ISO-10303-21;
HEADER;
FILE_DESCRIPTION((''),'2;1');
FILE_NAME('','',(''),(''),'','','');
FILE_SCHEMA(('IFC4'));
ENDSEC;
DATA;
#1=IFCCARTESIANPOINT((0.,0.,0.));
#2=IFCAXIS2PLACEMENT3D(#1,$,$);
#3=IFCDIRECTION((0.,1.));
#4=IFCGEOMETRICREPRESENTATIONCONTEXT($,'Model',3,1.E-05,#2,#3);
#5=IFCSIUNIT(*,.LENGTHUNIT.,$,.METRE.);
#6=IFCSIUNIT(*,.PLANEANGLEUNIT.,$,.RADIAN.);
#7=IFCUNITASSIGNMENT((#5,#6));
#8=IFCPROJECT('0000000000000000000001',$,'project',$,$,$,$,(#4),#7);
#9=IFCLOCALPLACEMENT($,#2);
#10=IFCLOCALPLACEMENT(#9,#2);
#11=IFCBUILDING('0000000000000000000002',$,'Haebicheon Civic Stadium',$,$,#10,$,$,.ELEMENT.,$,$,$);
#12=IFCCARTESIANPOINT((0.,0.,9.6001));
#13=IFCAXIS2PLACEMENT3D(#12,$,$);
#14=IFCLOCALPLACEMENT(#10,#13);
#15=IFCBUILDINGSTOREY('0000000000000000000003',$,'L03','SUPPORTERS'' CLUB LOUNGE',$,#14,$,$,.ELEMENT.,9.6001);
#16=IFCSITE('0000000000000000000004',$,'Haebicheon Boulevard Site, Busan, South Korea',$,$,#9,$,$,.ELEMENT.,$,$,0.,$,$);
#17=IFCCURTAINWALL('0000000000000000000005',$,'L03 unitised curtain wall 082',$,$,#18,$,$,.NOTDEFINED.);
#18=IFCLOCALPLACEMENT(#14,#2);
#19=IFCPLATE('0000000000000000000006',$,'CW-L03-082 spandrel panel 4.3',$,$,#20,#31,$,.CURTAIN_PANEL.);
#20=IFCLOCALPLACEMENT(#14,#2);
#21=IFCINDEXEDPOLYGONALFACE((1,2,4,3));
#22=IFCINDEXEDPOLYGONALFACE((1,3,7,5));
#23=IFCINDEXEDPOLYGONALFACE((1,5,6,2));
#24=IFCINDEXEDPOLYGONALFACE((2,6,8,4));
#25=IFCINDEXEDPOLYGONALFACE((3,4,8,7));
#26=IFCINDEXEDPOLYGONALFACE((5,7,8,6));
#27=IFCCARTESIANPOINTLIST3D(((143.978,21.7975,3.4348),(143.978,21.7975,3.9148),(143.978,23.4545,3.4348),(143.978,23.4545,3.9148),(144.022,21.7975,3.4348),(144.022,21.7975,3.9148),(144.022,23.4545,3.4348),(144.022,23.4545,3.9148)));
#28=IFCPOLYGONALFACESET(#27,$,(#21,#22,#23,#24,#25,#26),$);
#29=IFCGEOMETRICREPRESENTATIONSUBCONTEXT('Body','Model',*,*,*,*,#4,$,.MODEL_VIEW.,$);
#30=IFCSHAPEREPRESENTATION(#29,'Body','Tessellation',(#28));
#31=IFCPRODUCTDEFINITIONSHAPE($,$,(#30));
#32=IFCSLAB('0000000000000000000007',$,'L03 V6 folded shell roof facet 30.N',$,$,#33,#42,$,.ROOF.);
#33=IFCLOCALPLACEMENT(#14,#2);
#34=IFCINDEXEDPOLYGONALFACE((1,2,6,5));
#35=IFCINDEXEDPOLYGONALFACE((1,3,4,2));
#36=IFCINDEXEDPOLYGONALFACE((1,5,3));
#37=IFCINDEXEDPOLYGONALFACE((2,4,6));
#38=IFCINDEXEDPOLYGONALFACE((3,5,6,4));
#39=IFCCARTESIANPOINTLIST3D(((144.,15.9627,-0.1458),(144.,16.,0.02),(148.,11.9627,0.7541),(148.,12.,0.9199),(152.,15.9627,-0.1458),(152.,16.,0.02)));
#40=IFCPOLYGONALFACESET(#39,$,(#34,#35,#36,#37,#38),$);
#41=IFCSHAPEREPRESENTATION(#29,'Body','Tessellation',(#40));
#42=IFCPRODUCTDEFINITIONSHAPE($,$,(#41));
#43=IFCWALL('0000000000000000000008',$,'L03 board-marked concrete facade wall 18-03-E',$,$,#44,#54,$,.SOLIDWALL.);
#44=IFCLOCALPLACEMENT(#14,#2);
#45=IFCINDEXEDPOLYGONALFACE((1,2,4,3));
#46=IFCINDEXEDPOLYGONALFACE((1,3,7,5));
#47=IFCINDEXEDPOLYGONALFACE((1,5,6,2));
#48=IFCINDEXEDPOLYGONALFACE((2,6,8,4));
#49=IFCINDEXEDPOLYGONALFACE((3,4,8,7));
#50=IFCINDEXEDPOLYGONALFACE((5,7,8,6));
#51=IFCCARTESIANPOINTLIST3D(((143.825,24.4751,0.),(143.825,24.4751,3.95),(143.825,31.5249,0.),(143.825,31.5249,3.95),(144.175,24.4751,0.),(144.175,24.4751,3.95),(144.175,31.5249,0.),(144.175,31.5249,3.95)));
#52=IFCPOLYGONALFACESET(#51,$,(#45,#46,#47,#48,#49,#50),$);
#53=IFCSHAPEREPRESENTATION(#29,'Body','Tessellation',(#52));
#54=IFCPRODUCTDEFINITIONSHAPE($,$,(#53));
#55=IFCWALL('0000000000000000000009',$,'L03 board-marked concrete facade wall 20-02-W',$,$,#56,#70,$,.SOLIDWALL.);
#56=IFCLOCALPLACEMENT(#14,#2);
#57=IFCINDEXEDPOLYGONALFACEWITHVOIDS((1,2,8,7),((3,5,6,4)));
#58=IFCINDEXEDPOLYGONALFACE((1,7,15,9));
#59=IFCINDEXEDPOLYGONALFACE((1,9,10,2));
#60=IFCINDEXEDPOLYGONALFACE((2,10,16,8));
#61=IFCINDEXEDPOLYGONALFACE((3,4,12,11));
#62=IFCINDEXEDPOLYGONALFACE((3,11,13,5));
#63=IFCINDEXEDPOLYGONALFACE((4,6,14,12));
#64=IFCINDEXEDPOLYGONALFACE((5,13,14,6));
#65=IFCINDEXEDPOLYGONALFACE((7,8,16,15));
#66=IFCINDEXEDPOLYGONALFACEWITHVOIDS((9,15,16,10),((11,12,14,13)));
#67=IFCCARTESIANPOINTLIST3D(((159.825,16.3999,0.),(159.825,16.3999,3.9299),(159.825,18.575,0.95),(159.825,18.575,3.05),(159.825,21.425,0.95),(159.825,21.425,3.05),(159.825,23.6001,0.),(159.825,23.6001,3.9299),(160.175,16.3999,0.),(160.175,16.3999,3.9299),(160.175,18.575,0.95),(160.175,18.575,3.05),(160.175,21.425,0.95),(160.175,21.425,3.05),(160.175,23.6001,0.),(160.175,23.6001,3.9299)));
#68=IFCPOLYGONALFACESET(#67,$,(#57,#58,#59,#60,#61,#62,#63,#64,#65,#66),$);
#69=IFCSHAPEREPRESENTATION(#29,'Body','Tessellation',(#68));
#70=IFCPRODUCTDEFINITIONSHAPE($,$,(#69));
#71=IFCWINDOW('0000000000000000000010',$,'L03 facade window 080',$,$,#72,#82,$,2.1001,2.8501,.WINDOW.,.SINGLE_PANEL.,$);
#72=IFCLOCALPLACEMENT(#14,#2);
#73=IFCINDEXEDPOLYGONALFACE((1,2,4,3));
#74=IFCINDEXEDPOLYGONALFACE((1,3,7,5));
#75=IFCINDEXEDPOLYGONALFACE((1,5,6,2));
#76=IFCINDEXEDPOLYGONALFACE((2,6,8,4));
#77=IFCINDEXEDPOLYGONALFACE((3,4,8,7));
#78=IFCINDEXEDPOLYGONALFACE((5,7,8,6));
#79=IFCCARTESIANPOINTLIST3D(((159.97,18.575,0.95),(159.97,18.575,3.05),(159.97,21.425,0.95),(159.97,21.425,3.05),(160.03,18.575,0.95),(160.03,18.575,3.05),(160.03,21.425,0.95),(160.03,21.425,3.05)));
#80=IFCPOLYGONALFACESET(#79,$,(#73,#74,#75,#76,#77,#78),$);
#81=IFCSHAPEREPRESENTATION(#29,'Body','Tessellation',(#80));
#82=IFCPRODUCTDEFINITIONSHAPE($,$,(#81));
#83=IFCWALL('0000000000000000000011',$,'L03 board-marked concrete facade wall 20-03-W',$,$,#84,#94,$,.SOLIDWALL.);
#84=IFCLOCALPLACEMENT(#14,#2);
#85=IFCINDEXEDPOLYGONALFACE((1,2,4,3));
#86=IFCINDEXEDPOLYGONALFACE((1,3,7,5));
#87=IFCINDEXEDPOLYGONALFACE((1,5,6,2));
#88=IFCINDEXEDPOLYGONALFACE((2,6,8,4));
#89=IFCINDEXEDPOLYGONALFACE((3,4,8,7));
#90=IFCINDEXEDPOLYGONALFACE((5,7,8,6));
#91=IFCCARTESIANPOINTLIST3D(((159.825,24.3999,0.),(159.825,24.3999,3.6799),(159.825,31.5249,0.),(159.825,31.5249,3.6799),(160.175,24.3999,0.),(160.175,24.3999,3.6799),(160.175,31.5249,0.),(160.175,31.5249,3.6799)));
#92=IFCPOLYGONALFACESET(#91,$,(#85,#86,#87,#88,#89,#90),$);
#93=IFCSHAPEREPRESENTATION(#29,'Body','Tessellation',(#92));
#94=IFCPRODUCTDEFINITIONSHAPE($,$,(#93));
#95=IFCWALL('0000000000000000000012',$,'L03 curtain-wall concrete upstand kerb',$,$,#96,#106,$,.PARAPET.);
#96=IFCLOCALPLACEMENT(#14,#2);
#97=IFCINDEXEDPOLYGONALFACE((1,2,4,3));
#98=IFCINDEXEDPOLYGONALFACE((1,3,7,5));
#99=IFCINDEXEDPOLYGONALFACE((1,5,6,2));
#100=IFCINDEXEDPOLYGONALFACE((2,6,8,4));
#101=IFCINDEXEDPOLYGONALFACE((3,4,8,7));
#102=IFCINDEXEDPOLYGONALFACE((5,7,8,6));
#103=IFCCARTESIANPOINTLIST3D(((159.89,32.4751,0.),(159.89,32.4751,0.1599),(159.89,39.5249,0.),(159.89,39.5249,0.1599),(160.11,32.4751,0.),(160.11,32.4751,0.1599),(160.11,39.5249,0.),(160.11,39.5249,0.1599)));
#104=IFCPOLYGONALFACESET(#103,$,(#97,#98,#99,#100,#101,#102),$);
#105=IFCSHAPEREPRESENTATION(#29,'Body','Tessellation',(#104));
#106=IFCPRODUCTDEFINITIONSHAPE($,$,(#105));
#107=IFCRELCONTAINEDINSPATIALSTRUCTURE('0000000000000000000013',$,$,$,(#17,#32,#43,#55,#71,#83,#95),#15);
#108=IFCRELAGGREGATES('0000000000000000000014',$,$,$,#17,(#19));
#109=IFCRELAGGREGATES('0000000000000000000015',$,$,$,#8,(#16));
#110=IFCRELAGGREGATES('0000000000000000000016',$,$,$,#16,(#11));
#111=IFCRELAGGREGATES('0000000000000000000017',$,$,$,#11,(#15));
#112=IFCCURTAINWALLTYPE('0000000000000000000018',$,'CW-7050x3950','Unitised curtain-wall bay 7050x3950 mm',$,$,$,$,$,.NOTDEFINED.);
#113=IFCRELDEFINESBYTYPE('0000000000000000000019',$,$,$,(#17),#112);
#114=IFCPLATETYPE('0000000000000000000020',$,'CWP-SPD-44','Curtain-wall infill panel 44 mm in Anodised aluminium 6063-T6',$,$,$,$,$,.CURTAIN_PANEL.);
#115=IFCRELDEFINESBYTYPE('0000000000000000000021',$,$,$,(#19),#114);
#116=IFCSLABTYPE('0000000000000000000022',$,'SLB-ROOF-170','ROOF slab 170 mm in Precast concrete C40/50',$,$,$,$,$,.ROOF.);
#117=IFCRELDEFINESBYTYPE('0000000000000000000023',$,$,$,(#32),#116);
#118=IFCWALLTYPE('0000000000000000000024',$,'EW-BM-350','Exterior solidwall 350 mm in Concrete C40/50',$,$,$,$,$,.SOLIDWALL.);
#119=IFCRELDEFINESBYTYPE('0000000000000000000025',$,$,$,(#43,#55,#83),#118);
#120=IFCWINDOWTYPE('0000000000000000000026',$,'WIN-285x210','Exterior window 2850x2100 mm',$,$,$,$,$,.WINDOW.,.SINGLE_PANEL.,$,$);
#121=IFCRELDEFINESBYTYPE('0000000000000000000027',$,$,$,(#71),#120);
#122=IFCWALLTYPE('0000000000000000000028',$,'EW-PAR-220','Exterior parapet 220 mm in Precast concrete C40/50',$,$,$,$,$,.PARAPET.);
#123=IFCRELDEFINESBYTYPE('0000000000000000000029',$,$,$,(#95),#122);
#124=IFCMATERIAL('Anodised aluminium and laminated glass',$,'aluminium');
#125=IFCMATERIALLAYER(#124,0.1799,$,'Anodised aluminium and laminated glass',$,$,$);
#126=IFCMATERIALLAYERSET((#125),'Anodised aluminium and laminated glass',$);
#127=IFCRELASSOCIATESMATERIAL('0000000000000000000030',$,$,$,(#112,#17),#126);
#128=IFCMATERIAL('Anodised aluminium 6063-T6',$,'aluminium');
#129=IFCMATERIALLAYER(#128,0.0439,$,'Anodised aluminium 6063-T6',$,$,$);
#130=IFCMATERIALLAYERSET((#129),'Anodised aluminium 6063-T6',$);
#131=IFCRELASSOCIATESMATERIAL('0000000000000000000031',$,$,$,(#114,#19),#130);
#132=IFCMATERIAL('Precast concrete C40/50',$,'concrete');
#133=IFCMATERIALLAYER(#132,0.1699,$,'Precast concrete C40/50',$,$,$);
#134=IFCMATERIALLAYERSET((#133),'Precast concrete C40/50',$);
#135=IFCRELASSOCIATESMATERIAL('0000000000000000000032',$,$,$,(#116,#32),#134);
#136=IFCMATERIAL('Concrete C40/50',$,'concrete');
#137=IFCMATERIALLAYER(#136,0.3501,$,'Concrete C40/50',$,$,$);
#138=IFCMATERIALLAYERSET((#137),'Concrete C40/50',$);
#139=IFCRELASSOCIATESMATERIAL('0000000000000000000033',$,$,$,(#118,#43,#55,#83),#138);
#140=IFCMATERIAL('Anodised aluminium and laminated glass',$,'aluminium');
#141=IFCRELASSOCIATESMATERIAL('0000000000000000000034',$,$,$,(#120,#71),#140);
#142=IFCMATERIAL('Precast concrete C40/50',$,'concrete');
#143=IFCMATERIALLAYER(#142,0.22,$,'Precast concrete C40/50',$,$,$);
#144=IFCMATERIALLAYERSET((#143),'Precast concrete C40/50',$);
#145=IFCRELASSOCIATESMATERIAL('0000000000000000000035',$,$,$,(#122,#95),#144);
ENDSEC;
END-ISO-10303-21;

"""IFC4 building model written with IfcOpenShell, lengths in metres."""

from ifc_helpers import new_model, si_unit, direction, frame, frame_2d, origin, origin_2d, place, context, subcontext, project, spatial, polyline, rectangle, outline, extrude, material, layer, layer_set, type_object, element, fill, aggregate, save


model = new_model("IFC4")

# Units and contexts
model_context = context("Model", 3, precision=1e-05, world=origin(), true_north=direction((0.0, 1.0)))
body_context = subcontext(model_context, "Body", "Model", "MODEL_VIEW")
ifc_project = project(units=[si_unit("LENGTHUNIT", "METRE"), si_unit("PLANEANGLEUNIT", "RADIAN")], contexts=[model_context])

# Site, building, storey
site_placement = place(None, origin())
site = spatial("IfcSite", under=ifc_project, at=site_placement, Name="Haebicheon Boulevard Site, Busan, South Korea", CompositionType="ELEMENT", RefElevation=0.0)
building_placement = place(site_placement, origin())
building = spatial("IfcBuilding", under=site, at=building_placement, Name="Haebicheon Civic Stadium", CompositionType="ELEMENT")
storey_placement = place(building_placement, frame((0.0, 0.0, 9.6001)))
storey = spatial("IfcBuildingStorey", under=building, at=storey_placement, Name="L03", Description="SUPPORTERS' CLUB LOUNGE", CompositionType="ELEMENT", Elevation=9.6001)

# Curtain wall
ifc_material_1 = material(Name="Anodised aluminium and laminated glass", Category="aluminium")
ifc_layer_1 = layer(ifc_material_1, 0.1799, Name="Anodised aluminium and laminated glass")
ifc_layer_set_1 = layer_set([ifc_layer_1], Name="Anodised aluminium and laminated glass")
curtain_wall_type_1 = type_object("IfcCurtainWallType", Name="CW-7050x3950", Description="Unitised curtain-wall bay 7050x3950 mm", PredefinedType="NOTDEFINED", material=ifc_layer_set_1)
curtain_wall_1_placement = place(storey_placement, origin())
curtain_wall_1 = element("IfcCurtainWall", 1, at=curtain_wall_1_placement, inside=storey, type_object=curtain_wall_type_1, material=ifc_layer_set_1, Name="L03 unitised curtain wall 082", PredefinedType="NOTDEFINED")

# Plate
ifc_material_2 = material(Name="Anodised aluminium 6063-T6", Category="aluminium")
ifc_layer_2 = layer(ifc_material_2, 0.0439, Name="Anodised aluminium 6063-T6")
ifc_layer_set_2 = layer_set([ifc_layer_2], Name="Anodised aluminium 6063-T6")
plate_type_1 = type_object("IfcPlateType", Name="CWP-SPD-44", Description="Curtain-wall infill panel 44 mm in Anodised aluminium 6063-T6", PredefinedType="CURTAIN_PANEL", material=ifc_layer_set_2)
plate_1_placement = place(storey_placement, frame((144.0, 22.626, 3.4348), z_axis=(0.0, 0.0, 1.0), x_axis=(0.0, 1.0, 0.0)))
plate_1 = element("IfcPlate", 2, at=plate_1_placement, type_object=plate_type_1, material=ifc_layer_set_2, Name="CW-L03-082 spandrel panel 4.3", PredefinedType="CURTAIN_PANEL", context=body_context, shape_type="SweptSolid", body=[
    extrude(rectangle(XDim=1.657, YDim=0.0439, at=origin_2d()), origin(), (0.0, 0.0, 1.0), 0.48),
])
aggregate(curtain_wall_1, [plate_1])

# Slab
ifc_material_3 = material(Name="Precast concrete C40/50", Category="concrete")
ifc_layer_3 = layer(ifc_material_3, 0.1699, Name="Precast concrete C40/50")
ifc_layer_set_3 = layer_set([ifc_layer_3], Name="Precast concrete C40/50")
slab_type = type_object("IfcSlabType", Name="SLB-ROOF-170", Description="ROOF slab 170 mm in Precast concrete C40/50", PredefinedType="ROOF", material=ifc_layer_set_3)
slab_placement = place(storey_placement, frame((152.0, 16.0, 0.02), z_axis=(0.0, 0.21949, 0.975615), x_axis=(-1.0, 0.0, 0.0)))
element("IfcSlab", 3, at=slab_placement, inside=storey, type_object=slab_type, material=ifc_layer_set_3, Name="L03 V6 folded shell roof facet 30.N", PredefinedType="ROOF", context=body_context, shape_type="SweptSolid", body=[
    extrude(outline(polyline([(0.0, 0.0), (8.0, 0.0), (4.0, 4.1), (0.0, 0.0)])), origin(), (0.0, 0.0, -1.0), 0.1699),
])

# Wall
ifc_material_4 = material(Name="Concrete C40/50", Category="concrete")
ifc_layer_4 = layer(ifc_material_4, 0.3501, Name="Concrete C40/50")
ifc_layer_set_4 = layer_set([ifc_layer_4], Name="Concrete C40/50")
wall_type_1 = type_object("IfcWallType", Name="EW-BM-350", Description="Exterior solidwall 350 mm in Concrete C40/50", PredefinedType="SOLIDWALL", material=ifc_layer_set_4)
wall_1_placement = place(storey_placement, frame((144.0, 24.4751, 0.0), z_axis=(0.0, 0.0, 1.0), x_axis=(0.0, 1.0, 0.0)))
element("IfcWall", 4, at=wall_1_placement, inside=storey, type_object=wall_type_1, material=ifc_layer_set_4, Name="L03 board-marked concrete facade wall 18-03-E", PredefinedType="SOLIDWALL", context=body_context, shape_type="SweptSolid", body=[
    extrude(rectangle(XDim=7.0498, YDim=0.3501, at=frame_2d((3.5249, 0.0))), origin(), (0.0, 0.0, 1.0), 3.95),
])

# Wall, opening, window
wall_2_placement = place(storey_placement, frame((160.0, 16.3999, 0.0), z_axis=(0.0, 0.0, 1.0), x_axis=(0.0, 1.0, 0.0)))
wall_2 = element("IfcWall", 5, at=wall_2_placement, inside=storey, type_object=wall_type_1, material=ifc_layer_set_4, Name="L03 board-marked concrete facade wall 20-02-W", PredefinedType="SOLIDWALL", context=body_context, shape_type="SweptSolid", body=[
    extrude(rectangle(XDim=7.2002, YDim=0.3501, at=frame_2d((3.6001, 0.0))), origin(), (0.0, 0.0, 1.0), 3.9299),
])
opening_placement = place(wall_2_placement, frame((2.175, 0.0, 0.95)))
opening = element("IfcOpeningElement", 6, at=opening_placement, cuts=wall_2, PredefinedType="OPENING", context=body_context, shape_type="SweptSolid", body=[
    extrude(rectangle(XDim=2.8501, YDim=2.1001, at=frame_2d((1.425, 1.05))), frame((0.0, 0.1851, 0.0), z_axis=(0.0, -1.0, 0.0), x_axis=(1.0, 0.0, 0.0)), (0.0, 0.0, 1.0), 0.3701),
])
ifc_material_5 = material(Name="Anodised aluminium and laminated glass", Category="aluminium")
window_type = type_object("IfcWindowType", Name="WIN-285x210", Description="Exterior window 2850x2100 mm", PartitioningType="SINGLE_PANEL", PredefinedType="WINDOW", material=ifc_material_5)
window_placement = place(opening_placement, origin())
window = element("IfcWindow", 7, at=window_placement, inside=storey, type_object=window_type, material=ifc_material_5, Name="L03 facade window 080", OverallHeight=2.1001, OverallWidth=2.8501, PartitioningType="SINGLE_PANEL", PredefinedType="WINDOW", context=body_context, shape_type="SweptSolid", body=[
    extrude(rectangle(XDim=2.8501, YDim=2.1001, at=frame_2d((1.425, 1.05))), frame((0.0, 0.03, 0.0), z_axis=(0.0, -1.0, 0.0), x_axis=(1.0, 0.0, 0.0)), (0.0, 0.0, 1.0), 0.0601),
])
fill(opening, window)

# Walls
wall_3_placement = place(storey_placement, frame((160.0, 24.3999, 0.0), z_axis=(0.0, 0.0, 1.0), x_axis=(0.0, 1.0, 0.0)))
element("IfcWall", 8, at=wall_3_placement, inside=storey, type_object=wall_type_1, material=ifc_layer_set_4, Name="L03 board-marked concrete facade wall 20-03-W", PredefinedType="SOLIDWALL", context=body_context, shape_type="SweptSolid", body=[
    extrude(rectangle(XDim=7.125, YDim=0.3501, at=frame_2d((3.5625, 0.0))), origin(), (0.0, 0.0, 1.0), 3.6799),
])
ifc_material_6 = material(Name="Precast concrete C40/50", Category="concrete")
ifc_layer_5 = layer(ifc_material_6, 0.22, Name="Precast concrete C40/50")
ifc_layer_set_5 = layer_set([ifc_layer_5], Name="Precast concrete C40/50")
wall_type_2 = type_object("IfcWallType", Name="EW-PAR-220", Description="Exterior parapet 220 mm in Precast concrete C40/50", PredefinedType="PARAPET", material=ifc_layer_set_5)
wall_4_placement = place(storey_placement, frame((160.0, 32.4751, 0.0), z_axis=(0.0, 0.0, 1.0), x_axis=(0.0, 1.0, 0.0)))
element("IfcWall", 9, at=wall_4_placement, inside=storey, type_object=wall_type_2, material=ifc_layer_set_5, Name="L03 curtain-wall concrete upstand kerb", PredefinedType="PARAPET", context=body_context, shape_type="SweptSolid", body=[
    extrude(rectangle(XDim=7.0498, YDim=0.22, at=frame_2d((3.5249, 0.0))), origin(), (0.0, 0.0, 1.0), 0.1599),
])

save(model, "model.ifc")
